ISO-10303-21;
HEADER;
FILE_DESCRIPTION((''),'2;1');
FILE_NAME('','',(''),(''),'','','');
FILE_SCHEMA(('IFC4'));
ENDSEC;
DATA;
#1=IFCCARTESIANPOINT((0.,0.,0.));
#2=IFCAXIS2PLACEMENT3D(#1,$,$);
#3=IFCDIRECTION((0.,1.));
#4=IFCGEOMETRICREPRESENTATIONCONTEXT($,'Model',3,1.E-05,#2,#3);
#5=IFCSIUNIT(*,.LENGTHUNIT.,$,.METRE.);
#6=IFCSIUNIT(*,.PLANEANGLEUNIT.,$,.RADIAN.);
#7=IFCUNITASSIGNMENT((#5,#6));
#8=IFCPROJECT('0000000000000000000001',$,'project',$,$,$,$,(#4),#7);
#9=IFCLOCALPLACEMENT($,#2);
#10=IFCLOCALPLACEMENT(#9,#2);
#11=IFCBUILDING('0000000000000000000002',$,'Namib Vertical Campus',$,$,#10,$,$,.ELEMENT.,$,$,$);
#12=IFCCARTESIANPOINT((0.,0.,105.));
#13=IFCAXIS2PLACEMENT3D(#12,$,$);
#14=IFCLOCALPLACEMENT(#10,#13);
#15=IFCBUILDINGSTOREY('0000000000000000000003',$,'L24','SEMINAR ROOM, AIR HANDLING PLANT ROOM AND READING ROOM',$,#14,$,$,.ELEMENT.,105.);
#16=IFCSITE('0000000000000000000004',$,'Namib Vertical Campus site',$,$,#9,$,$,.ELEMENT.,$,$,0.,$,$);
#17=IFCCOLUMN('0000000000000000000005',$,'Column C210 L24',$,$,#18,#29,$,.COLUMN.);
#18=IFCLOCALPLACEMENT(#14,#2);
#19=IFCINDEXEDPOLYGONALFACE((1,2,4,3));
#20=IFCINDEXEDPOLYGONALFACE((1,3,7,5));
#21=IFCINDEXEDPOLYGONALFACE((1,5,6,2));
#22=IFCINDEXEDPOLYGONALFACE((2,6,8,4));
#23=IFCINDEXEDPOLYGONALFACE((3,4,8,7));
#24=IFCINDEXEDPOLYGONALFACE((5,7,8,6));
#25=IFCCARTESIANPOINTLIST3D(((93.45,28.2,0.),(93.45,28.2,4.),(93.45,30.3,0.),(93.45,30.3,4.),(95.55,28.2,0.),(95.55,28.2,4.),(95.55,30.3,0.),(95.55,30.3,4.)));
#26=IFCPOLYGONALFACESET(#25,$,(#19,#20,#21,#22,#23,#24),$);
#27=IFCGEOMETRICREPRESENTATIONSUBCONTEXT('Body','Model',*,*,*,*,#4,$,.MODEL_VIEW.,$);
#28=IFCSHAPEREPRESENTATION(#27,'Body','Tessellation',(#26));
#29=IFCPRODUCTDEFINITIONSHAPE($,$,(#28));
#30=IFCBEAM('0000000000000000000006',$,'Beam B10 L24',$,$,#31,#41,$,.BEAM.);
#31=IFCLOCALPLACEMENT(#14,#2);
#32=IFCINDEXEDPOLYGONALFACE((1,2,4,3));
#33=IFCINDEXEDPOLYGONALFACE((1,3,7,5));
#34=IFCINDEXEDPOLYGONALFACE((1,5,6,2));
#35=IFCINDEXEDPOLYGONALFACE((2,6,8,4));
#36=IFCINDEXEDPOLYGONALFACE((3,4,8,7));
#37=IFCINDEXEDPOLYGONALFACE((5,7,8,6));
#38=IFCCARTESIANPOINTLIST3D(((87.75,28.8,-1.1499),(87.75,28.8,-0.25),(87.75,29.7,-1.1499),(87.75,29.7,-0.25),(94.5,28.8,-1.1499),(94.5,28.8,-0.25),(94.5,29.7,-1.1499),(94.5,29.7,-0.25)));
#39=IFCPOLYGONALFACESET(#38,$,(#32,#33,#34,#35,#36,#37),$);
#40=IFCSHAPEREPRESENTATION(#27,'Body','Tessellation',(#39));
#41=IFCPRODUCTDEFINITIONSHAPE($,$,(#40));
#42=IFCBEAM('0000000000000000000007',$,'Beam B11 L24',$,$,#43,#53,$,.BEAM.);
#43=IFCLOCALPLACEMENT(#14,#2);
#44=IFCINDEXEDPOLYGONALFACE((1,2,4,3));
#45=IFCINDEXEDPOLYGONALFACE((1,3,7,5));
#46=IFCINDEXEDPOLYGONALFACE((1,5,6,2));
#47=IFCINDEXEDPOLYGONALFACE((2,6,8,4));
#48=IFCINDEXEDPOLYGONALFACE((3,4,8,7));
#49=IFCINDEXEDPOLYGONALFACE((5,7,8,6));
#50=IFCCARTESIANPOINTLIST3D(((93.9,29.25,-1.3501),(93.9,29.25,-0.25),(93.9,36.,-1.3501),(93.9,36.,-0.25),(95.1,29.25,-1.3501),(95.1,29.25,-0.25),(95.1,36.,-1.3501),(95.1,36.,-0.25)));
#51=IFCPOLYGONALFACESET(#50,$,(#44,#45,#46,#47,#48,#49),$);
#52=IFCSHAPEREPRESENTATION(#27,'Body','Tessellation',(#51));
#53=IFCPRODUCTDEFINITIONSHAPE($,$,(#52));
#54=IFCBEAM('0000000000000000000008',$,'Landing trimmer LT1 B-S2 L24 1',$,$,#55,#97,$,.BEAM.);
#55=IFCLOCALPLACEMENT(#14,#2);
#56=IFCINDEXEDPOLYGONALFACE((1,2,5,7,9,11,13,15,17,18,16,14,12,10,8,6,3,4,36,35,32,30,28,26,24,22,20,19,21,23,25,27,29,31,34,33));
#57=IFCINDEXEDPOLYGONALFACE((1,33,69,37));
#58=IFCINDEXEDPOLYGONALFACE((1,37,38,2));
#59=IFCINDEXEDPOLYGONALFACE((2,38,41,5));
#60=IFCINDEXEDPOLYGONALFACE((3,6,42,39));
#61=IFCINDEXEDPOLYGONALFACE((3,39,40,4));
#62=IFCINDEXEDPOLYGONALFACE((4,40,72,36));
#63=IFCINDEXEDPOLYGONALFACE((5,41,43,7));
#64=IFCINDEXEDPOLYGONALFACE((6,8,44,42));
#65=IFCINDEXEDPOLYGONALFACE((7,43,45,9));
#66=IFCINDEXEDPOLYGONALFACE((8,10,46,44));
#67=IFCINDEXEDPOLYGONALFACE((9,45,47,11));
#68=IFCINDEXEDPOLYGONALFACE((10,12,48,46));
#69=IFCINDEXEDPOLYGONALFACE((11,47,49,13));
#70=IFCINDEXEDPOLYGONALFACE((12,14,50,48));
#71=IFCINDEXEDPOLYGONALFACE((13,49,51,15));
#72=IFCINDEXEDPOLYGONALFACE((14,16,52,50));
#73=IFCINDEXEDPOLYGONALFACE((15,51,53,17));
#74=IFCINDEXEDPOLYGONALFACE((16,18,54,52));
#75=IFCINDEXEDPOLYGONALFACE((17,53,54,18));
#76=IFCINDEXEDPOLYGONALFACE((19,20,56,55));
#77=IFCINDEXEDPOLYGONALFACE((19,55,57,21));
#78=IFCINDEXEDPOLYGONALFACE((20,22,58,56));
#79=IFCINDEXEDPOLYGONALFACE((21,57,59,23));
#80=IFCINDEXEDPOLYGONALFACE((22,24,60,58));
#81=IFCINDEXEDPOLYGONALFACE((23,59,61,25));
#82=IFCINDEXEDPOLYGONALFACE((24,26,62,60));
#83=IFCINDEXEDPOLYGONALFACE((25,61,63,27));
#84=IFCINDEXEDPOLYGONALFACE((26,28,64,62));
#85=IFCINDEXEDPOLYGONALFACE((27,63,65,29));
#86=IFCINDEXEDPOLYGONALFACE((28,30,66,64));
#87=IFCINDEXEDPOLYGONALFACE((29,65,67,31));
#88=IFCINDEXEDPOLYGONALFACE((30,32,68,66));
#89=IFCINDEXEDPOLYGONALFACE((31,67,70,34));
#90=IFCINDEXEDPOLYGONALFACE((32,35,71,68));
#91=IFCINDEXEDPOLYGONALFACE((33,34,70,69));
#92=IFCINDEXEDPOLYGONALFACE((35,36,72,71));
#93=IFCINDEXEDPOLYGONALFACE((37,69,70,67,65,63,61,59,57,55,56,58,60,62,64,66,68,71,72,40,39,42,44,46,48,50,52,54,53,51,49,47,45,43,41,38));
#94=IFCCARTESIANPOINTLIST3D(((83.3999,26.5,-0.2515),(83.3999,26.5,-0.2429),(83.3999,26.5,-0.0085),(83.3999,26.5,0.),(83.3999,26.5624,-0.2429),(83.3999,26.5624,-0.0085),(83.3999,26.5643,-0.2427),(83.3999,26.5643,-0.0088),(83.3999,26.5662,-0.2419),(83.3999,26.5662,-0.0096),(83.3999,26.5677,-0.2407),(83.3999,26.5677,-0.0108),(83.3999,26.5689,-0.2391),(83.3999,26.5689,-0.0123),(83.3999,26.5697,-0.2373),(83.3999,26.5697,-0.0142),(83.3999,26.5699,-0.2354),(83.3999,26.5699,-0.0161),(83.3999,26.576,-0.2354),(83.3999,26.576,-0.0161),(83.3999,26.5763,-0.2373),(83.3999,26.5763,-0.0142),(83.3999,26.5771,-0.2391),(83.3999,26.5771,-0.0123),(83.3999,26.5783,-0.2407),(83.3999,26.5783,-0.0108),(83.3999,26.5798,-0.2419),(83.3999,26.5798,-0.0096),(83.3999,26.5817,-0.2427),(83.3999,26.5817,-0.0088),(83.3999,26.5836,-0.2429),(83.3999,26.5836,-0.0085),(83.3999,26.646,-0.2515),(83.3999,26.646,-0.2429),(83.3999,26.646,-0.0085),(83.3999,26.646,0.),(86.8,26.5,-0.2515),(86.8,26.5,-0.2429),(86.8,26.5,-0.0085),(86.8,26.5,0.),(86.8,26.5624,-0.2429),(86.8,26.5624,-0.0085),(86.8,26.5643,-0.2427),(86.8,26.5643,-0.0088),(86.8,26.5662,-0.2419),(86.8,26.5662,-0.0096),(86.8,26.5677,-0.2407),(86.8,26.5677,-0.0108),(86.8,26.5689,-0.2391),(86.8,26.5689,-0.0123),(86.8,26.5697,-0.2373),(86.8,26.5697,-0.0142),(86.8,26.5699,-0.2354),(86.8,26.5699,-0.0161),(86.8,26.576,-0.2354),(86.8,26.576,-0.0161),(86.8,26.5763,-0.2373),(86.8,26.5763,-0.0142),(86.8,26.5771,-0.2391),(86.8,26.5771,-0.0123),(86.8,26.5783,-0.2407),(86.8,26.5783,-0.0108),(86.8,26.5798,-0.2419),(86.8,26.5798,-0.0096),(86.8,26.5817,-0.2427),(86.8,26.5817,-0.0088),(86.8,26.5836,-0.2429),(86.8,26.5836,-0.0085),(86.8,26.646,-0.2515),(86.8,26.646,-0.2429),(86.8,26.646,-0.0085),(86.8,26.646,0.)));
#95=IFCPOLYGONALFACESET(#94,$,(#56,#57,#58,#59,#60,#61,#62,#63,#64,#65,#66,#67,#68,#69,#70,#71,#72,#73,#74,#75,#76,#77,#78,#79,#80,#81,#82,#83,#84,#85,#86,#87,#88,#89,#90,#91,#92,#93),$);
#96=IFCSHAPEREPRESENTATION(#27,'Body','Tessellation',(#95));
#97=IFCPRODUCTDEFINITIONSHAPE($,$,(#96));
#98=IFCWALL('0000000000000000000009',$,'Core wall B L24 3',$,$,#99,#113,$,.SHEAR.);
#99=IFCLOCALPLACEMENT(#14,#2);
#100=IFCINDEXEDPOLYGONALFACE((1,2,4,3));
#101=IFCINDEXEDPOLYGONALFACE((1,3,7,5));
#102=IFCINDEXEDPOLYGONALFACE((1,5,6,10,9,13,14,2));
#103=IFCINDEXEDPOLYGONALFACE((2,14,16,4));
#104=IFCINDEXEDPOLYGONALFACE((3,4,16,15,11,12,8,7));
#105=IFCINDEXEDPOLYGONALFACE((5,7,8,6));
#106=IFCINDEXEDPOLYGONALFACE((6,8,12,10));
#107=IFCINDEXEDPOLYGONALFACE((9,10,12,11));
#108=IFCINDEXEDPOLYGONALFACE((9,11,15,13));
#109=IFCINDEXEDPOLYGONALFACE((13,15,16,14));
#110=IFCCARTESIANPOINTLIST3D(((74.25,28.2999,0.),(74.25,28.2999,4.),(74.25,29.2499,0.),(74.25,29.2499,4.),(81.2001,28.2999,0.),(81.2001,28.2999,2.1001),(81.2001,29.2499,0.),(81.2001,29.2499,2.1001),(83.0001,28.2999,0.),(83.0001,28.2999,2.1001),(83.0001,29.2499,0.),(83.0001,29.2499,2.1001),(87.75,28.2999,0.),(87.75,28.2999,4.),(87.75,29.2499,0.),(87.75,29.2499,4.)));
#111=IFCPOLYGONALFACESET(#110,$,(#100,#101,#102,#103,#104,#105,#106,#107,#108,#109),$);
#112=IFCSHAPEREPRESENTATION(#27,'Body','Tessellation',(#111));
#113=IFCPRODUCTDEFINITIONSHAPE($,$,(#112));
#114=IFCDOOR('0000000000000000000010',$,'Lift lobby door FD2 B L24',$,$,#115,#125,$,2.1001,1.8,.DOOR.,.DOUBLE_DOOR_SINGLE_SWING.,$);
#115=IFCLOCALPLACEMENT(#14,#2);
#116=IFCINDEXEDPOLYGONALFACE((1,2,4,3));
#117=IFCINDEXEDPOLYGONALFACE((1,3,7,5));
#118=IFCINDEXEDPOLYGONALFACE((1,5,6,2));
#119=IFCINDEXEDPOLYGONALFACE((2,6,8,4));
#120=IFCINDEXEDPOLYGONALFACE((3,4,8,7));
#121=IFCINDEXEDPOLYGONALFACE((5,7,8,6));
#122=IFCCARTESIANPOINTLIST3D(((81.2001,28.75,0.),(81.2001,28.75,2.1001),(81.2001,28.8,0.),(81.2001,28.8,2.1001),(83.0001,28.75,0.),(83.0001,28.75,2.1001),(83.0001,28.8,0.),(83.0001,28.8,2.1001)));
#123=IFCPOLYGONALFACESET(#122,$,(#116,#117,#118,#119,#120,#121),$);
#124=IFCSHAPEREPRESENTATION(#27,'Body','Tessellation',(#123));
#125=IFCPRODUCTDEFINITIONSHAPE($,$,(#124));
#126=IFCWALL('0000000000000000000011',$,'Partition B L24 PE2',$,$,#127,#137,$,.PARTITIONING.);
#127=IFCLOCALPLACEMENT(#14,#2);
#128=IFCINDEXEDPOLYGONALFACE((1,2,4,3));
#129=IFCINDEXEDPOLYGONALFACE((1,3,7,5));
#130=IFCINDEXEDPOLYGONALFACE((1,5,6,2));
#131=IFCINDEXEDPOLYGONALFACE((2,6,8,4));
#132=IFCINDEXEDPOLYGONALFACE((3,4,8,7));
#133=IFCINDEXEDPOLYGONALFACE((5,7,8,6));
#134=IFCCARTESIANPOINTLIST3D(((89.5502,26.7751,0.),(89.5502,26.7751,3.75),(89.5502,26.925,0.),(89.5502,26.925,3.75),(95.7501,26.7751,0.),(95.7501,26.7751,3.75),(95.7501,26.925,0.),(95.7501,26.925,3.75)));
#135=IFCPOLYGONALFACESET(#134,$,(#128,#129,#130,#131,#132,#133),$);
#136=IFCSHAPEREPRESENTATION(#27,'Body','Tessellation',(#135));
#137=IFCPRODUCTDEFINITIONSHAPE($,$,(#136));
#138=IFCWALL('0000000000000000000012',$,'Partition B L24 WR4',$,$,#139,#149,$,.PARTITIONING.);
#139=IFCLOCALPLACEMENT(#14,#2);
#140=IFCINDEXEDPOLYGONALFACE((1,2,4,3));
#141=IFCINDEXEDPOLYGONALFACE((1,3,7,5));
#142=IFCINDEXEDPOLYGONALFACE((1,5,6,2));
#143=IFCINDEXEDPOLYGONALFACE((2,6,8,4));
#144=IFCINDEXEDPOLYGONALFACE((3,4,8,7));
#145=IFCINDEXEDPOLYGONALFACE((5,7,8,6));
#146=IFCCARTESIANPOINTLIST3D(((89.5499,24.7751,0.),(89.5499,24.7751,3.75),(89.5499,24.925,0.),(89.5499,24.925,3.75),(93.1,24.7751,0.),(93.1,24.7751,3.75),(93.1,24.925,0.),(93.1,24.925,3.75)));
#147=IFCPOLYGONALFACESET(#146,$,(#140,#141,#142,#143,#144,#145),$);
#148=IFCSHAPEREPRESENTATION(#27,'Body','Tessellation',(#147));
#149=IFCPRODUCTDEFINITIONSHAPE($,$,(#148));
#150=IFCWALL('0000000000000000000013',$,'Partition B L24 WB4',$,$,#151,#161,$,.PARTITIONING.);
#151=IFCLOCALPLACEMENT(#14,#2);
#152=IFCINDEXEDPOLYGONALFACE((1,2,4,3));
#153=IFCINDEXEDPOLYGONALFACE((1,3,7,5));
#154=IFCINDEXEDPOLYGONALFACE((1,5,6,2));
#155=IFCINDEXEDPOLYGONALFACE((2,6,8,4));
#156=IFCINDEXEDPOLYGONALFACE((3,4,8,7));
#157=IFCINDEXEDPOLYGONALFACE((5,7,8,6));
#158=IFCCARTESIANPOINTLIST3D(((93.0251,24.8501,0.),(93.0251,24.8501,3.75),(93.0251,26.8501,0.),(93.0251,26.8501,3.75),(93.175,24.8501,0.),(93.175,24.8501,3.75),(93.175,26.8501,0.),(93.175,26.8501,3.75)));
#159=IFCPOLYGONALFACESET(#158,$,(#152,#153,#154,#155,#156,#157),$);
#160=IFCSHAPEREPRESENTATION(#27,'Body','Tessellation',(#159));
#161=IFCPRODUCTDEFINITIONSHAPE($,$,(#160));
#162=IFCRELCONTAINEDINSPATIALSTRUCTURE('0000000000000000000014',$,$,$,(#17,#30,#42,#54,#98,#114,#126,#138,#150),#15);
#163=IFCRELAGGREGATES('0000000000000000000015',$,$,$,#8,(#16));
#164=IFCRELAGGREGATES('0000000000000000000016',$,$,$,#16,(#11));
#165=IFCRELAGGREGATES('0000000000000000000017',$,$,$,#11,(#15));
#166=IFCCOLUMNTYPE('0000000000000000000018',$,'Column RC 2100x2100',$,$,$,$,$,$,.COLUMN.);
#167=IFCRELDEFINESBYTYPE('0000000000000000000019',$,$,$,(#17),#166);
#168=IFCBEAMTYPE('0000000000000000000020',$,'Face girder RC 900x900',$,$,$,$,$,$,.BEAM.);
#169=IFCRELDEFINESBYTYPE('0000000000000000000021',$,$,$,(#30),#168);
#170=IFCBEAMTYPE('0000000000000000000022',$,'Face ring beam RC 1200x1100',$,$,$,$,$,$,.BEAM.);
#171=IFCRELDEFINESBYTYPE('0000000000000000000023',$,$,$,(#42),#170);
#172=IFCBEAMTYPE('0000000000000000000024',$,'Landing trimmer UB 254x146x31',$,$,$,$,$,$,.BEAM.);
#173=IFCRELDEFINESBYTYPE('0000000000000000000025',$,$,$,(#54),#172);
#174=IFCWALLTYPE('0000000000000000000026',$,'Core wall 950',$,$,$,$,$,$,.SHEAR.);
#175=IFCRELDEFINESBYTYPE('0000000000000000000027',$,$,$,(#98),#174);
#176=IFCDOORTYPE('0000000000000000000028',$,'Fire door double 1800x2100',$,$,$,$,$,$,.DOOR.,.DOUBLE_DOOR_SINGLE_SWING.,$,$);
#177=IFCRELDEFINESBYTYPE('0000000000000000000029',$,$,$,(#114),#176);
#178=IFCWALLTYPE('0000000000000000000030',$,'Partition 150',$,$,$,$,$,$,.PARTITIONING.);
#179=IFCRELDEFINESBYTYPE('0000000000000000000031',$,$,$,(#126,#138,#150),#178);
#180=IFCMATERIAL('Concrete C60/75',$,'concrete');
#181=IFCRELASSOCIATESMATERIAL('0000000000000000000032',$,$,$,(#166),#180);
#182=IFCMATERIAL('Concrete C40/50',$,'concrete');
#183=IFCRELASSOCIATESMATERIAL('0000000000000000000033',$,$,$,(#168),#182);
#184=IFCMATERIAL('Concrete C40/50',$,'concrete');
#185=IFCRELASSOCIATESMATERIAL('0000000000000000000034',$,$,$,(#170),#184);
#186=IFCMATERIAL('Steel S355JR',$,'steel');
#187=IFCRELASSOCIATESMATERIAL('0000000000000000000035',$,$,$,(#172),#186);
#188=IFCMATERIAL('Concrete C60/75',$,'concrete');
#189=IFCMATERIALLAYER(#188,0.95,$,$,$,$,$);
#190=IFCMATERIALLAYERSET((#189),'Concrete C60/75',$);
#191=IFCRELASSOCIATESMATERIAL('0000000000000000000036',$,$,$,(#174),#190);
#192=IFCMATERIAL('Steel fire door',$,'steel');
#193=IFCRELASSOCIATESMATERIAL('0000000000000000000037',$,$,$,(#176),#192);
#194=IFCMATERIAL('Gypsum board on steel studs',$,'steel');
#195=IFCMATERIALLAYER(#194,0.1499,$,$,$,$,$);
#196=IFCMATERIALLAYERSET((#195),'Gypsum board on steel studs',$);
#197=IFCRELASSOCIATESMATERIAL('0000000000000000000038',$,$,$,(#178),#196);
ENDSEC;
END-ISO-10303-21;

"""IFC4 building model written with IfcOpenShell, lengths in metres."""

from ifc_helpers import new_model, si_unit, direction, frame, frame_2d, origin, origin_2d, place, context, subcontext, project, spatial, rectangle, i_section, extrude, material, layer, layer_set, material_profile, profile_set, type_object, element, fill, save


model = new_model("IFC4")

# Units and contexts
model_context = context("Model", 3, precision=1e-05, world=origin(), true_north=direction((0.0, 1.0)))
body_context = subcontext(model_context, "Body", "Model", "MODEL_VIEW")
ifc_project = project(units=[si_unit("LENGTHUNIT", "METRE"), si_unit("PLANEANGLEUNIT", "RADIAN")], contexts=[model_context])

# Site, building, storey
site_placement = place(None, origin())
site = spatial("IfcSite", under=ifc_project, at=site_placement, Name="Namib Vertical Campus site", CompositionType="ELEMENT", RefElevation=0.0)
building_placement = place(site_placement, origin())
building = spatial("IfcBuilding", under=site, at=building_placement, Name="Namib Vertical Campus", CompositionType="ELEMENT")
storey_placement = place(building_placement, frame((0.0, 0.0, 105.0)))
storey = spatial("IfcBuildingStorey", under=building, at=storey_placement, Name="L24", Description="SEMINAR ROOM, AIR HANDLING PLANT ROOM AND READING ROOM", CompositionType="ELEMENT", Elevation=105.0)

# Column
ifc_material_1 = material(Name="Concrete C60/75", Category="concrete")
ifc_material_profile_1 = material_profile(ifc_material_1, rectangle(XDim=2.1001, YDim=2.1001, at=origin_2d()))
ifc_profile_set_1 = profile_set([ifc_material_profile_1], Name="Concrete C60/75")
column_type = type_object("IfcColumnType", Name="Column RC 2100x2100", PredefinedType="COLUMN", material=ifc_profile_set_1)
column_placement = place(storey_placement, frame((94.5, 29.25, 0.0), z_axis=(0.0, 0.0, 1.0), x_axis=(1.0, 0.0, 0.0)))
element("IfcColumn", 1, at=column_placement, inside=storey, type_object=column_type, Name="Column C210 L24", PredefinedType="COLUMN", context=body_context, shape_type="SweptSolid", body=[
    extrude(rectangle(XDim=2.1001, YDim=2.1001, at=origin_2d()), origin(), (0.0, 0.0, 1.0), 4.0),
])

# Beams
ifc_material_2 = material(Name="Concrete C40/50", Category="concrete")
ifc_material_profile_2 = material_profile(ifc_material_2, rectangle(XDim=0.8999, YDim=0.8999, at=origin_2d()))
ifc_profile_set_2 = profile_set([ifc_material_profile_2], Name="Concrete C40/50")
beam_type_1 = type_object("IfcBeamType", Name="Face girder RC 900x900", PredefinedType="BEAM", material=ifc_profile_set_2)
beam_1_placement = place(storey_placement, frame((94.5, 29.25, -0.7), z_axis=(-1.0, 0.0, 0.0), x_axis=(0.0, -1.0, 0.0)))
element("IfcBeam", 2, at=beam_1_placement, inside=storey, type_object=beam_type_1, Name="Beam B10 L24", PredefinedType="BEAM", context=body_context, shape_type="SweptSolid", body=[
    extrude(rectangle(XDim=0.8999, YDim=0.8999, at=origin_2d()), origin(), (0.0, 0.0, 1.0), 6.75),
])
ifc_material_3 = material(Name="Concrete C40/50", Category="concrete")
ifc_material_profile_3 = material_profile(ifc_material_3, rectangle(XDim=1.2, YDim=1.1001, at=origin_2d()))
ifc_profile_set_3 = profile_set([ifc_material_profile_3], Name="Concrete C40/50")
beam_type_2 = type_object("IfcBeamType", Name="Face ring beam RC 1200x1100", PredefinedType="BEAM", material=ifc_profile_set_3)
beam_2_placement = place(storey_placement, frame((94.5, 29.25, -0.8), z_axis=(0.0, 1.0, 0.0), x_axis=(-1.0, 0.0, 0.0)))
element("IfcBeam", 3, at=beam_2_placement, inside=storey, type_object=beam_type_2, Name="Beam B11 L24", PredefinedType="BEAM", context=body_context, shape_type="SweptSolid", body=[
    extrude(rectangle(XDim=1.2, YDim=1.1001, at=origin_2d()), origin(), (0.0, 0.0, 1.0), 6.75),
])
ifc_material_4 = material(Name="Steel S355JR", Category="steel")
ifc_material_profile_4 = material_profile(ifc_material_4, i_section(OverallWidth=0.146, OverallDepth=0.2515, WebThickness=0.0061, FlangeThickness=0.0085, FilletRadius=0.0076, at=origin_2d()))
ifc_profile_set_4 = profile_set([ifc_material_profile_4], Name="Steel S355JR")
beam_type_3 = type_object("IfcBeamType", Name="Landing trimmer UB 254x146x31", PredefinedType="BEAM", material=ifc_profile_set_4)
beam_3_placement = place(storey_placement, frame((83.3999, 26.573, -0.1257), z_axis=(1.0, 0.0, 0.0), x_axis=(0.0, 1.0, 0.0)))
element("IfcBeam", 4, at=beam_3_placement, inside=storey, type_object=beam_type_3, Name="Landing trimmer LT1 B-S2 L24 1", PredefinedType="BEAM", context=body_context, shape_type="SweptSolid", body=[
    extrude(i_section(OverallWidth=0.146, OverallDepth=0.2515, WebThickness=0.0061, FlangeThickness=0.0085, FilletRadius=0.0076, at=origin_2d()), origin(), (0.0, 0.0, 1.0), 3.4001),
])

# Wall, opening, door
ifc_material_5 = material(Name="Concrete C60/75", Category="concrete")
ifc_layer_1 = layer(ifc_material_5, 0.95)
ifc_layer_set_1 = layer_set([ifc_layer_1], Name="Concrete C60/75")
wall_type_1 = type_object("IfcWallType", Name="Core wall 950", PredefinedType="SHEAR", material=ifc_layer_set_1)
wall_1_placement = place(storey_placement, frame((87.75, 28.7749, 0.0), z_axis=(0.0, 0.0, 1.0), x_axis=(-1.0, 0.0, 0.0)))
wall_1 = element("IfcWall", 5, at=wall_1_placement, inside=storey, type_object=wall_type_1, Name="Core wall B L24 3", PredefinedType="SHEAR", context=body_context, shape_type="SweptSolid", body=[
    extrude(rectangle(XDim=13.5, YDim=0.95, at=frame_2d((6.75, 0.0))), origin(), (0.0, 0.0, 1.0), 4.0),
])
opening_placement = place(wall_1_placement, frame((4.75, 0.0, 0.0)))
opening = element("IfcOpeningElement", 6, at=opening_placement, cuts=wall_1, PredefinedType="OPENING", context=body_context, shape_type="SweptSolid", body=[
    extrude(rectangle(XDim=1.8, YDim=2.1001, at=frame_2d((0.8999, 1.05))), frame((0.0, 0.4849, 0.0), z_axis=(0.0, -1.0, 0.0), x_axis=(1.0, 0.0, 0.0)), (0.0, 0.0, 1.0), 0.97),
])
ifc_material_6 = material(Name="Steel fire door", Category="steel")
door_type = type_object("IfcDoorType", Name="Fire door double 1800x2100", OperationType="DOUBLE_DOOR_SINGLE_SWING", PredefinedType="DOOR", material=ifc_material_6)
door_placement = place(opening_placement, origin())
door = element("IfcDoor", 7, at=door_placement, inside=storey, type_object=door_type, Name="Lift lobby door FD2 B L24", OperationType="DOUBLE_DOOR_SINGLE_SWING", OverallHeight=2.1001, OverallWidth=1.8, PredefinedType="DOOR", context=body_context, shape_type="SweptSolid", body=[
    extrude(rectangle(XDim=1.8, YDim=2.1001, at=frame_2d((0.8999, 1.05))), frame((0.0, 0.0249, 0.0), z_axis=(0.0, -1.0, 0.0), x_axis=(1.0, 0.0, 0.0)), (0.0, 0.0, 1.0), 0.05),
])
fill(opening, door)

# Walls
ifc_material_7 = material(Name="Gypsum board on steel studs", Category="steel")
ifc_layer_2 = layer(ifc_material_7, 0.1499)
ifc_layer_set_2 = layer_set([ifc_layer_2], Name="Gypsum board on steel studs")
wall_type_2 = type_object("IfcWallType", Name="Partition 150", PredefinedType="PARTITIONING", material=ifc_layer_set_2)
wall_2_placement = place(storey_placement, frame((89.55, 26.8501, 0.0), z_axis=(0.0, 0.0, 1.0), x_axis=(1.0, 0.0, 0.0)))
element("IfcWall", 8, at=wall_2_placement, inside=storey, type_object=wall_type_2, Name="Partition B L24 PE2", PredefinedType="PARTITIONING", context=body_context, shape_type="SweptSolid", body=[
    extrude(rectangle(XDim=6.2, YDim=0.1499, at=frame_2d((3.1001, 0.0))), origin(), (0.0, 0.0, 1.0), 3.75),
])
wall_3_placement = place(storey_placement, frame((89.55, 24.8501, 0.0), z_axis=(0.0, 0.0, 1.0), x_axis=(1.0, 0.0, 0.0)))
element("IfcWall", 9, at=wall_3_placement, inside=storey, type_object=wall_type_2, Name="Partition B L24 WR4", PredefinedType="PARTITIONING", context=body_context, shape_type="SweptSolid", body=[
    extrude(rectangle(XDim=3.55, YDim=0.1499, at=frame_2d((1.7749, 0.0))), origin(), (0.0, 0.0, 1.0), 3.75),
])
wall_4_placement = place(storey_placement, frame((93.1001, 24.8501, 0.0), z_axis=(0.0, 0.0, 1.0), x_axis=(0.0, 1.0, 0.0)))
element("IfcWall", 10, at=wall_4_placement, inside=storey, type_object=wall_type_2, Name="Partition B L24 WB4", PredefinedType="PARTITIONING", context=body_context, shape_type="SweptSolid", body=[
    extrude(rectangle(XDim=2.0, YDim=0.1499, at=frame_2d((1.0, 0.0))), origin(), (0.0, 0.0, 1.0), 3.75),
])

save(model, "model.ifc")
